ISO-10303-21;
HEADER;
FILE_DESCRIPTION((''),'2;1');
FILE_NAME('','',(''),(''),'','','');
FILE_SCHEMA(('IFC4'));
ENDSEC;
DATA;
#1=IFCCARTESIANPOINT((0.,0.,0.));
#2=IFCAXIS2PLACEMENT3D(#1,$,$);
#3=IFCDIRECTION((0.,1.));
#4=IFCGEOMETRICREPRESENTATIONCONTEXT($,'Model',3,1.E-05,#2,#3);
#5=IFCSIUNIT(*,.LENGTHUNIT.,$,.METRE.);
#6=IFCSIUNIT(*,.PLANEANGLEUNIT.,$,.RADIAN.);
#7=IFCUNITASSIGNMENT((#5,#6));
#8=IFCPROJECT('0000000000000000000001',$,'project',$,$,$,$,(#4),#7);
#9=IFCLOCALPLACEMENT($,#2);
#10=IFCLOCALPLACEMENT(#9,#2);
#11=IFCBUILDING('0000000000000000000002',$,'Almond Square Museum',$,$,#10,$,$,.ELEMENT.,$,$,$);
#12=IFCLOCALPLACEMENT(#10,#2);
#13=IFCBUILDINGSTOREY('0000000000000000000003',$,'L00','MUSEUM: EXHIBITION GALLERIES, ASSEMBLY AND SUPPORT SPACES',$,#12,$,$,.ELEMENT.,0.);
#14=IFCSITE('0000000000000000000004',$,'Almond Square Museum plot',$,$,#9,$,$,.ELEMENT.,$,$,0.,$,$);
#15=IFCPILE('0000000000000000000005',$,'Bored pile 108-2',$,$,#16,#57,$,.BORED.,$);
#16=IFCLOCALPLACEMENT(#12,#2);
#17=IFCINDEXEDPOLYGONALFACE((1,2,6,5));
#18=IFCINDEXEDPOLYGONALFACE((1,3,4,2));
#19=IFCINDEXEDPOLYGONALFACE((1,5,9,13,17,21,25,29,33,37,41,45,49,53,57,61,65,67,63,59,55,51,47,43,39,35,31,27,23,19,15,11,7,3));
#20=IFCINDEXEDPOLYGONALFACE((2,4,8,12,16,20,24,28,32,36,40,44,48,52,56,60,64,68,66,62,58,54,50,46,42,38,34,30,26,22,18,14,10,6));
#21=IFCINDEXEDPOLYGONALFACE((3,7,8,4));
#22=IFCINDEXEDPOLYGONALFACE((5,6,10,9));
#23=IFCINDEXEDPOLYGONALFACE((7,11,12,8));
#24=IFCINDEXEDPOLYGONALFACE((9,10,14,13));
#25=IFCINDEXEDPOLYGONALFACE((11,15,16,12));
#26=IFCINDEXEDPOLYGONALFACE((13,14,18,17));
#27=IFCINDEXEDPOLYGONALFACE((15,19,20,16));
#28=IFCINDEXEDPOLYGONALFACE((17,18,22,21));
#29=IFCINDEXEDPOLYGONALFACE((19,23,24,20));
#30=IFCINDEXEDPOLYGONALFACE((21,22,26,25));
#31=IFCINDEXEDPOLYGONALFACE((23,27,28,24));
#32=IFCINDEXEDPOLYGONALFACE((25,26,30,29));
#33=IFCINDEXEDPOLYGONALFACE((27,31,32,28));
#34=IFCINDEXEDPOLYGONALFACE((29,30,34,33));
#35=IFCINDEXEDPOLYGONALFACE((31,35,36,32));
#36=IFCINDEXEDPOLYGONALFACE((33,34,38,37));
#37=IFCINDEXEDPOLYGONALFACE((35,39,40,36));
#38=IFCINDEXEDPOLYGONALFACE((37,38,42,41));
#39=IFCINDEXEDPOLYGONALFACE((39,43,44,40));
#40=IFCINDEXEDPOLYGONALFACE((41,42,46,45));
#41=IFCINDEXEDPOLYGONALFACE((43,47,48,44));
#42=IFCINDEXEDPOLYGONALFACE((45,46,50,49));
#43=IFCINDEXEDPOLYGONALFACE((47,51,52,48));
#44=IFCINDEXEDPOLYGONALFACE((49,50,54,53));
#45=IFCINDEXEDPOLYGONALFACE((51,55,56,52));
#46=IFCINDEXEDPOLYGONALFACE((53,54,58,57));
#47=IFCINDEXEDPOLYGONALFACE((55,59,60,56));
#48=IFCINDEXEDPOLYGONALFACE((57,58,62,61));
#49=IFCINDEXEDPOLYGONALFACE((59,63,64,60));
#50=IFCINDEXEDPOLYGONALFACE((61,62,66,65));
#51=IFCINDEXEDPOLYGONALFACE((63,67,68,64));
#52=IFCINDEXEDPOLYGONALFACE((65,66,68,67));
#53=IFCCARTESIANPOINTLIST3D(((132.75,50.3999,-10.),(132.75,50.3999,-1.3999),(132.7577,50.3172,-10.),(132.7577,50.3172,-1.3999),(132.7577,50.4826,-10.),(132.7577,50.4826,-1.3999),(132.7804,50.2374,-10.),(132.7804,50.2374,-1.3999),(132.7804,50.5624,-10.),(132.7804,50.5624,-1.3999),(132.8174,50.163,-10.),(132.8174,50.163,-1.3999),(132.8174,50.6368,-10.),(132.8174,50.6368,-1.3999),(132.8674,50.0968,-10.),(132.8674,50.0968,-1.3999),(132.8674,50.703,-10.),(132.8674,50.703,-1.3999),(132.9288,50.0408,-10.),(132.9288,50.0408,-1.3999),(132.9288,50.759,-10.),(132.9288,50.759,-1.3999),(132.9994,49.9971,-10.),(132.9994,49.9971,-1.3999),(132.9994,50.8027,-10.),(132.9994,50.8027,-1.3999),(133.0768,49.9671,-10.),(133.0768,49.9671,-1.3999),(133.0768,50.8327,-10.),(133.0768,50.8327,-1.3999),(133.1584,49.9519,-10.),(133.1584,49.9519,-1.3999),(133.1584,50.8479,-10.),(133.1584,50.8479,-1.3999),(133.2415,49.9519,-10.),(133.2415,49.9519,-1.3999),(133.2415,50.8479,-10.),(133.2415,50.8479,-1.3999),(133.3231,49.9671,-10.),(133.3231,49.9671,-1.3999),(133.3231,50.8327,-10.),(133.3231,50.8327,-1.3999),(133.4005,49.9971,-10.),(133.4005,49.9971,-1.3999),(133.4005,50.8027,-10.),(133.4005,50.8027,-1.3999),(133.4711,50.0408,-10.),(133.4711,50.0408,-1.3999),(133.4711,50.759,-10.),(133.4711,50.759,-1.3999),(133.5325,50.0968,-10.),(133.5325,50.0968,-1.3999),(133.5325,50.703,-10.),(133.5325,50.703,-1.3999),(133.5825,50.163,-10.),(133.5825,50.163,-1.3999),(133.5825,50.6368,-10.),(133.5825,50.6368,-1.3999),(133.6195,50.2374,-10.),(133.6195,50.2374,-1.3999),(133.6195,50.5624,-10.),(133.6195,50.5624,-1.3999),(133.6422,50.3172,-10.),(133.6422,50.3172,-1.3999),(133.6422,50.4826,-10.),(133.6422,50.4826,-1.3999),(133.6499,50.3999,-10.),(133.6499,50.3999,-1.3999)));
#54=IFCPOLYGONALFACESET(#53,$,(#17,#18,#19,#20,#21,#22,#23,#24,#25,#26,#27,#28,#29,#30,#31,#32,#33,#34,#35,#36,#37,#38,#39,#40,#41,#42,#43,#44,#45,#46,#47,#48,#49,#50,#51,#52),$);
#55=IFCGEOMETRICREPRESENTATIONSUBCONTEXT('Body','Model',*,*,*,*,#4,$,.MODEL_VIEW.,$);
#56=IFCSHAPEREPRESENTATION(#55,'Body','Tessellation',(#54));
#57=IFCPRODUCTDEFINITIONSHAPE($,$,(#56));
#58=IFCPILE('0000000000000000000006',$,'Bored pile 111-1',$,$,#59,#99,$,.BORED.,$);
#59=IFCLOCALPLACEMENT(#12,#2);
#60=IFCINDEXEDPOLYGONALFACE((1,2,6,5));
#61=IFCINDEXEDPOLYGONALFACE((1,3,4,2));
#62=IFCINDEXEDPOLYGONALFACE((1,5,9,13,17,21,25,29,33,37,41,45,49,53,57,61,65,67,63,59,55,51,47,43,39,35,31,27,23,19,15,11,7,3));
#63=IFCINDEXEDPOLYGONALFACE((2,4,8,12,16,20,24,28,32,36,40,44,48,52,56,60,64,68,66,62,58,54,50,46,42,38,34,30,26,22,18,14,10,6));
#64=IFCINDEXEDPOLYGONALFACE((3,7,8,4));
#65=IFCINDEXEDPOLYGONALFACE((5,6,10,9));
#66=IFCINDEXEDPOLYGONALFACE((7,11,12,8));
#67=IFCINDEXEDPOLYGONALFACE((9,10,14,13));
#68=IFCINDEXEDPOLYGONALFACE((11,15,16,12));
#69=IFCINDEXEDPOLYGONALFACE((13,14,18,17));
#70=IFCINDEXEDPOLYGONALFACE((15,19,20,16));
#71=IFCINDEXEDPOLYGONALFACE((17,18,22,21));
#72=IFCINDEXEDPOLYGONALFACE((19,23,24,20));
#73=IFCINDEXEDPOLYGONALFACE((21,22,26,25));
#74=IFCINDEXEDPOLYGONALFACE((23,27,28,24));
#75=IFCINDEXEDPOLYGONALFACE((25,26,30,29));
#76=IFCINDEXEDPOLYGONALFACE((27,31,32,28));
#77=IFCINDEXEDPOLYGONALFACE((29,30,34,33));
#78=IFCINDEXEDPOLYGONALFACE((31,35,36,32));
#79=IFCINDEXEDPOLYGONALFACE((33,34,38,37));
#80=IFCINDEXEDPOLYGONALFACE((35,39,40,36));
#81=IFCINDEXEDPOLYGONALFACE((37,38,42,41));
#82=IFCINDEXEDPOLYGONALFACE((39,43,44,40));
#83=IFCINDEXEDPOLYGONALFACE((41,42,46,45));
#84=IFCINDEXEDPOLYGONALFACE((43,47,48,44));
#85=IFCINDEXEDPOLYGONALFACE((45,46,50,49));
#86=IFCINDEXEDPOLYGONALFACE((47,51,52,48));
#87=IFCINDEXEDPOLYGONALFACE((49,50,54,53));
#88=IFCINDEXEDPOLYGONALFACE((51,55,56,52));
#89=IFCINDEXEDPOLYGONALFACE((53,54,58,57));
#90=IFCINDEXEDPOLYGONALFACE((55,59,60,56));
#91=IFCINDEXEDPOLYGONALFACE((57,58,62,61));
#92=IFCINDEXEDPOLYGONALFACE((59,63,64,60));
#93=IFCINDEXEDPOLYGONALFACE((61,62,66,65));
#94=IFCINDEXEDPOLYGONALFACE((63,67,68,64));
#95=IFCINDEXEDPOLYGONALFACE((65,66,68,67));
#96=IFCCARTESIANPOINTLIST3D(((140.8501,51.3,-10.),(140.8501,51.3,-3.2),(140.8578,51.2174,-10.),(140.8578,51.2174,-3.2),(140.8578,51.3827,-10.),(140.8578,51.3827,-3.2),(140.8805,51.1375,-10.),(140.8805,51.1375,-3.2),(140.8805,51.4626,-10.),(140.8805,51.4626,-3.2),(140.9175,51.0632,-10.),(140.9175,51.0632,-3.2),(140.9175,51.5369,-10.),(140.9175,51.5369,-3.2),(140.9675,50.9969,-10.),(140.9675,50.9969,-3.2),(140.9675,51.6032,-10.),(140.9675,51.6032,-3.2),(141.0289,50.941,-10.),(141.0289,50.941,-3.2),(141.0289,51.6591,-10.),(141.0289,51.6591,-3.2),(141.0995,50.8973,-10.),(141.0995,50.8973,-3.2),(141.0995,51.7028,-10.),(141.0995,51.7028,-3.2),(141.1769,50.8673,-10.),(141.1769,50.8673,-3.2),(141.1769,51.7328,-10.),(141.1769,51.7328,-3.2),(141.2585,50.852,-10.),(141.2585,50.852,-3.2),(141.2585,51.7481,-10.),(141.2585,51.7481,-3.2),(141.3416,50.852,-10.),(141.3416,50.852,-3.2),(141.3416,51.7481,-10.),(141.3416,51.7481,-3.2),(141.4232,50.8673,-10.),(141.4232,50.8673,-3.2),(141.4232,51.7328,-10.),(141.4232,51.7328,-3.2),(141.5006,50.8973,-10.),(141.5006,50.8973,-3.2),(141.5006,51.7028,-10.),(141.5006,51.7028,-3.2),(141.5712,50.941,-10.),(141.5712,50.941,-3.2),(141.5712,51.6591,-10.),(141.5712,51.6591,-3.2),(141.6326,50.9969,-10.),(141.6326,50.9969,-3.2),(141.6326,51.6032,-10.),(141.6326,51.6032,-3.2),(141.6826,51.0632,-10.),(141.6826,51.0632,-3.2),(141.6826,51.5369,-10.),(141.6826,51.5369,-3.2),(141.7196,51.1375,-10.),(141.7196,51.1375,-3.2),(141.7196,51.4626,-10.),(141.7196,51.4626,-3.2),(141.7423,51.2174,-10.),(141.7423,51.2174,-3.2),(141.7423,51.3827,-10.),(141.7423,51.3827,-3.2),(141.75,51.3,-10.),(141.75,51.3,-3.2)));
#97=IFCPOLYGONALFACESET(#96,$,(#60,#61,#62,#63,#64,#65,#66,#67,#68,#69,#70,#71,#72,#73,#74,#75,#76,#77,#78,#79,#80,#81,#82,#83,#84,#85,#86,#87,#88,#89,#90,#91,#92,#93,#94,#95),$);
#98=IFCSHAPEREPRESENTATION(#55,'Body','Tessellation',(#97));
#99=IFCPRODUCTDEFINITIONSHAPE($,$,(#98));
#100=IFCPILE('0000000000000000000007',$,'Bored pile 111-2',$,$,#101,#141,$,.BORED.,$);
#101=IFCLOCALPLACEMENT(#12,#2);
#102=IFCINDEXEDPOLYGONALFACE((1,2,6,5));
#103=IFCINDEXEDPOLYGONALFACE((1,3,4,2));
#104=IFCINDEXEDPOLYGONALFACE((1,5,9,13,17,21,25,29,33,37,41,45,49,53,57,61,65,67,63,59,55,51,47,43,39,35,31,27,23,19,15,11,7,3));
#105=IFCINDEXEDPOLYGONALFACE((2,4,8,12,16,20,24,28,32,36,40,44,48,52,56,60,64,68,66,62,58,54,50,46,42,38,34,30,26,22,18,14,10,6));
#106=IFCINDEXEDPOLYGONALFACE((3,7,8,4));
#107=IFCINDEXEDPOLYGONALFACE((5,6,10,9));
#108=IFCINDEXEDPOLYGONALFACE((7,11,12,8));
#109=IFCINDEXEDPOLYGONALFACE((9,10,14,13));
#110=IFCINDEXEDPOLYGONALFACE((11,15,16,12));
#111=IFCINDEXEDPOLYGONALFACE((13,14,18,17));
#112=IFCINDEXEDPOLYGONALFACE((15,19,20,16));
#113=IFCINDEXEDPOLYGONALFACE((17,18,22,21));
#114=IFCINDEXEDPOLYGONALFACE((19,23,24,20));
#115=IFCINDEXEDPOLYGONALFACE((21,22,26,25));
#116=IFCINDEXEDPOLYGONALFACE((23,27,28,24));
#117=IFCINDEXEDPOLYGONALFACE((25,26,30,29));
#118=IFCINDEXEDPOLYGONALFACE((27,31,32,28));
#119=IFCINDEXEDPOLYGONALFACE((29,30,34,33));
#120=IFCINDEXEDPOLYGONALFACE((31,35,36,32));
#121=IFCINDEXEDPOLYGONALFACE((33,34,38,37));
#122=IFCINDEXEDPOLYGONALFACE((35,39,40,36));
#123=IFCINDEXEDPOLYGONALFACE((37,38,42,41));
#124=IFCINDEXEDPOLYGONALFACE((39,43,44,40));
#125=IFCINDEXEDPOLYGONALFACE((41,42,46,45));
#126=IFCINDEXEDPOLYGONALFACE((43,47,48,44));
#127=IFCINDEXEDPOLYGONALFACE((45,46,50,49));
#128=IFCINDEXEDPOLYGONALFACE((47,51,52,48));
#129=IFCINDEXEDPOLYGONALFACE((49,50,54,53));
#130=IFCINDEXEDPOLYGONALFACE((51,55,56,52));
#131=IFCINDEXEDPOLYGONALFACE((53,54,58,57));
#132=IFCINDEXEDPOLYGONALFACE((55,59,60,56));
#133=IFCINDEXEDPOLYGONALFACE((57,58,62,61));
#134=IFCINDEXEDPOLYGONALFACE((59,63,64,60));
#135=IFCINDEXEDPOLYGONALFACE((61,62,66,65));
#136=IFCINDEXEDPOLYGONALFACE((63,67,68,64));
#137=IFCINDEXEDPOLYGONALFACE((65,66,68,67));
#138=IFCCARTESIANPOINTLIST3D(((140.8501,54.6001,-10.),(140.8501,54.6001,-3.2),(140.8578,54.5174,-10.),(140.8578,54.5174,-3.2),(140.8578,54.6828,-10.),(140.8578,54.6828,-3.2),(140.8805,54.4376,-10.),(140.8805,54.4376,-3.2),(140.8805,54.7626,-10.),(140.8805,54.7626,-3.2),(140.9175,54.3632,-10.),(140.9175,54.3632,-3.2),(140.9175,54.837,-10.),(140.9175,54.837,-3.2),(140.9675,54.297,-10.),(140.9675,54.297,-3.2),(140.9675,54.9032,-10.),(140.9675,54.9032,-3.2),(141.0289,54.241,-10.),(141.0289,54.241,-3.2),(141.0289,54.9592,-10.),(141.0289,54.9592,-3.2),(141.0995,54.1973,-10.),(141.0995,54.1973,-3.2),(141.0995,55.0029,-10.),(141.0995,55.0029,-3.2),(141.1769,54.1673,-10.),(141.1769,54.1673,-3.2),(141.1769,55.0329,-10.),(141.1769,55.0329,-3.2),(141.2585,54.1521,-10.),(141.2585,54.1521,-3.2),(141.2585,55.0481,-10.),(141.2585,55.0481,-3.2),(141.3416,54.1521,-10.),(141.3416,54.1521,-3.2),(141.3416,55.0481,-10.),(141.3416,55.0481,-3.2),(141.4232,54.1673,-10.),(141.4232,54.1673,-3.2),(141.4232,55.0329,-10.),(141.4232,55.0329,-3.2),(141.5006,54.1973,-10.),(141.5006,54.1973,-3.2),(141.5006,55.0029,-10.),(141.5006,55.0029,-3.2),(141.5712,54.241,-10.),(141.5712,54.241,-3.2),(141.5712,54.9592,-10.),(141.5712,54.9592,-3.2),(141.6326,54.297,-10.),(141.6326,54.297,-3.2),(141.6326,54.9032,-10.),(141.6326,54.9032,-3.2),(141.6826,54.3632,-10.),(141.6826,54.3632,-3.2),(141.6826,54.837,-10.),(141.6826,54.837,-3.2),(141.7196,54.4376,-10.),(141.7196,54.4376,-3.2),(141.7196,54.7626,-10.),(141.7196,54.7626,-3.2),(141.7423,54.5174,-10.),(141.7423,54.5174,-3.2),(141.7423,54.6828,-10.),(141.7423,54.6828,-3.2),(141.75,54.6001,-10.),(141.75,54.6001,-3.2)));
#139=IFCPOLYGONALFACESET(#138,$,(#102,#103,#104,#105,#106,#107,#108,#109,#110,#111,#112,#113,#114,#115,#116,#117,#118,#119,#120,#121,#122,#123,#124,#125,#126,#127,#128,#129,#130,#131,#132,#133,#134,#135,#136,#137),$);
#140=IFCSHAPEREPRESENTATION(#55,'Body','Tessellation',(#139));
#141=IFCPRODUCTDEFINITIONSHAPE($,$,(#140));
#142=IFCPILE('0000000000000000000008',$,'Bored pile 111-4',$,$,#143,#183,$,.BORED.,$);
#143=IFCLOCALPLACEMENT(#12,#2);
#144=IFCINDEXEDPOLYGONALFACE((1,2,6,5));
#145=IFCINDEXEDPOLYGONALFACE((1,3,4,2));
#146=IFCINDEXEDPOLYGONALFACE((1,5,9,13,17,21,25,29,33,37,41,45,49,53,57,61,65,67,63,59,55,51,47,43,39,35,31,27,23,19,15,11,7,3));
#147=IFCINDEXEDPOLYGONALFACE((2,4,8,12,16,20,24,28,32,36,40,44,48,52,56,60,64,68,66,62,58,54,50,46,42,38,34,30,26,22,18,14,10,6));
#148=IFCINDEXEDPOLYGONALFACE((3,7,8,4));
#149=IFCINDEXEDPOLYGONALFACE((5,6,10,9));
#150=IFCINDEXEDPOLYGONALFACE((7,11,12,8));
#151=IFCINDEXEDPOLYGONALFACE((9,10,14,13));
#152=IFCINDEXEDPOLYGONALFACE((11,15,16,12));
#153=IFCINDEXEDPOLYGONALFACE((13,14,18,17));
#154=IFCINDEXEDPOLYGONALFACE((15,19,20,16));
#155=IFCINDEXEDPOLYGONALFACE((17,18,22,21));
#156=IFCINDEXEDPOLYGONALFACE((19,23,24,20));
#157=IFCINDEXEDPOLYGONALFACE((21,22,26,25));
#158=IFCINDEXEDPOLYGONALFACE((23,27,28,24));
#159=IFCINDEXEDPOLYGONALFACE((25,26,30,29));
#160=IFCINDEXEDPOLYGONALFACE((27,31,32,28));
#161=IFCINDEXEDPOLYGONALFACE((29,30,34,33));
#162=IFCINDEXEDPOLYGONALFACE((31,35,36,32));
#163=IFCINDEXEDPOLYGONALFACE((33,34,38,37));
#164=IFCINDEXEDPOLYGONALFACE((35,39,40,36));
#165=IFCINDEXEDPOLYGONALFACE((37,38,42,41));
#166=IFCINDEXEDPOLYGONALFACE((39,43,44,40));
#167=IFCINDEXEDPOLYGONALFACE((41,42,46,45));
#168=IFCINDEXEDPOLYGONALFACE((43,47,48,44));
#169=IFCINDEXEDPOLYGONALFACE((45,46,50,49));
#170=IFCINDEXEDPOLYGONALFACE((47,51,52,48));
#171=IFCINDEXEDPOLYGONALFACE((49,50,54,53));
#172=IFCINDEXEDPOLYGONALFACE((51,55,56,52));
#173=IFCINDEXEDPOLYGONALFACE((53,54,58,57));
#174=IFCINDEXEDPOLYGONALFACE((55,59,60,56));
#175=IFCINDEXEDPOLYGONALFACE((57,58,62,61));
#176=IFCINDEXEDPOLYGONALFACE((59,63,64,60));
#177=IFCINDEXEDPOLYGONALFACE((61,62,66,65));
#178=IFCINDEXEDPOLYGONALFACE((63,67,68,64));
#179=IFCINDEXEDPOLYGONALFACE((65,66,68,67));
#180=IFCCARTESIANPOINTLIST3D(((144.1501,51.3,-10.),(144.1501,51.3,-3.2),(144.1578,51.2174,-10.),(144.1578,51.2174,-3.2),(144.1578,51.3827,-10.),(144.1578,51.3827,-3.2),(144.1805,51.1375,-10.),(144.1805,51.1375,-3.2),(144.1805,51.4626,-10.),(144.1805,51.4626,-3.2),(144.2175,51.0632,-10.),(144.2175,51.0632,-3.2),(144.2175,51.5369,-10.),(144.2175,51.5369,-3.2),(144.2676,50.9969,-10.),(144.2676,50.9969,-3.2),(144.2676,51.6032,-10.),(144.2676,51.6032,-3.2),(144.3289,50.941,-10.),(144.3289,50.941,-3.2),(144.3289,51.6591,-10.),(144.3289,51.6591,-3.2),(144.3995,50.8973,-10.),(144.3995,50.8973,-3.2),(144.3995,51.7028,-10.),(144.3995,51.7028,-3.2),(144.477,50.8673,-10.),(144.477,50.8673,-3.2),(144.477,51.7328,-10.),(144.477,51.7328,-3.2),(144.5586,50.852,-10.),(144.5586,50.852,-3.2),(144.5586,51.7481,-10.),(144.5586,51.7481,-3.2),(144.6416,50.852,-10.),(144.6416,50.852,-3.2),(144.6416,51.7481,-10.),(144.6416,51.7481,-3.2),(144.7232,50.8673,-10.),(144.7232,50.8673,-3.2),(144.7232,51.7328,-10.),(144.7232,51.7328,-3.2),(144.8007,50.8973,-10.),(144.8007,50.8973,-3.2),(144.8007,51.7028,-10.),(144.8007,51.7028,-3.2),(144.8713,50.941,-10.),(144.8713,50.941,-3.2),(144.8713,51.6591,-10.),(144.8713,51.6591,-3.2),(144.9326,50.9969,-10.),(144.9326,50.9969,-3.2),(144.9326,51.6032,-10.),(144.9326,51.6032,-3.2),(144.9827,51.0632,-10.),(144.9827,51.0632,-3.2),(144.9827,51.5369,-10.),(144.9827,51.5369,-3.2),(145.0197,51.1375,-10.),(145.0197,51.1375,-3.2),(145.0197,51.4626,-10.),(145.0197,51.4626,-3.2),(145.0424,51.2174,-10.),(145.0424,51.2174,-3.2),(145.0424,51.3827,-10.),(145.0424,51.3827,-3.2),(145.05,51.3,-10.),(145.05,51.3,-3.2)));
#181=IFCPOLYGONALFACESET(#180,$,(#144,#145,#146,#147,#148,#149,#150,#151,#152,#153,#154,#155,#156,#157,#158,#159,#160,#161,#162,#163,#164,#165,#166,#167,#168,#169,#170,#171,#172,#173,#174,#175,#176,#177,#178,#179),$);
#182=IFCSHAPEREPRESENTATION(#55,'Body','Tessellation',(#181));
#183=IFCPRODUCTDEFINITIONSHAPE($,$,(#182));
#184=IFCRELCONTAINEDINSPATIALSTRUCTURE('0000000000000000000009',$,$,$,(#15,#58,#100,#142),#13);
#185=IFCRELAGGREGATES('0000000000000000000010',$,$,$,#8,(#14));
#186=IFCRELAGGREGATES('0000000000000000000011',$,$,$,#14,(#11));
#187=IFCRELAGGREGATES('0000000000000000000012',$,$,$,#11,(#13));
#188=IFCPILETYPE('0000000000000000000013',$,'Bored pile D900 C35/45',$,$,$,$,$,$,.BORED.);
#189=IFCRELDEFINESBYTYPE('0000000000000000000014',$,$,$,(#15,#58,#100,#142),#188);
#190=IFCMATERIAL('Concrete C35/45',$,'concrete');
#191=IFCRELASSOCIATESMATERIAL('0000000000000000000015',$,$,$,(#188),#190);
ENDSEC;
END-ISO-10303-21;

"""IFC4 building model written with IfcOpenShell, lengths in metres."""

from ifc_helpers import new_model, si_unit, direction, frame, origin, origin_2d, place, context, subcontext, project, spatial, circle, extrude, material, material_profile, profile_set, type_object, element, save


model = new_model("IFC4")

# Units and contexts
model_context = context("Model", 3, precision=1e-05, world=origin(), true_north=direction((0.0, 1.0)))
body_context = subcontext(model_context, "Body", "Model", "MODEL_VIEW")
ifc_project = project(units=[si_unit("LENGTHUNIT", "METRE"), si_unit("PLANEANGLEUNIT", "RADIAN")], contexts=[model_context])

# Site, building, storey
site_placement = place(None, origin())
site = spatial("IfcSite", under=ifc_project, at=site_placement, Name="Almond Square Museum plot", CompositionType="ELEMENT", RefElevation=0.0)
building_placement = place(site_placement, origin())
building = spatial("IfcBuilding", under=site, at=building_placement, Name="Almond Square Museum", CompositionType="ELEMENT")
storey_placement = place(building_placement, origin())
storey = spatial("IfcBuildingStorey", under=building, at=storey_placement, Name="L00", Description="MUSEUM: EXHIBITION GALLERIES, ASSEMBLY AND SUPPORT SPACES", CompositionType="ELEMENT", Elevation=0.0)

# Piles
ifc_material_1 = material(Name="Concrete C35/45", Category="concrete")
ifc_material_profile_1 = material_profile(ifc_material_1, circle(Radius=0.45, at=origin_2d()))
ifc_profile_set_1 = profile_set([ifc_material_profile_1], Name="Concrete C35/45")
pile_type = type_object("IfcPileType", Name="Bored pile D900 C35/45", PredefinedType="BORED", material=ifc_profile_set_1)
pile_placement = place(storey_placement, frame((133.2, 50.3999, -1.3999), z_axis=(0.0, 0.0, -1.0), x_axis=(1.0, 0.0, 0.0)))
element("IfcPile", 1, at=pile_placement, inside=storey, type_object=pile_type, Name="Bored pile 108-2", PredefinedType="BORED", context=body_context, shape_type="SweptSolid", body=[
    extrude(circle(Radius=0.45, at=origin_2d()), origin(), (0.0, 0.0, 1.0), 8.6001),
])
for number, where, z_axis, x_axis, name in (
    (2, (141.3, 51.3, -3.2), (0.0, 0.0, -1.0), (1.0, 0.0, 0.0), "Bored pile 111-1"),
    (3, (141.3, 54.6001, -3.2), (0.0, 0.0, -1.0), (1.0, 0.0, 0.0), "Bored pile 111-2"),
    (4, (144.6001, 51.3, -3.2), (0.0, 0.0, -1.0), (1.0, 0.0, 0.0), "Bored pile 111-4"),
):
    element("IfcPile", number, at=place(storey_placement, frame(where, z_axis=z_axis, x_axis=x_axis)), inside=storey, type_object=pile_type, Name=name, PredefinedType="BORED", context=body_context, shape_type="SweptSolid", body=[
        extrude(circle(Radius=0.45, at=origin_2d()), origin(), (0.0, 0.0, 1.0), 6.8),
    ])

save(model, "model.ifc")
